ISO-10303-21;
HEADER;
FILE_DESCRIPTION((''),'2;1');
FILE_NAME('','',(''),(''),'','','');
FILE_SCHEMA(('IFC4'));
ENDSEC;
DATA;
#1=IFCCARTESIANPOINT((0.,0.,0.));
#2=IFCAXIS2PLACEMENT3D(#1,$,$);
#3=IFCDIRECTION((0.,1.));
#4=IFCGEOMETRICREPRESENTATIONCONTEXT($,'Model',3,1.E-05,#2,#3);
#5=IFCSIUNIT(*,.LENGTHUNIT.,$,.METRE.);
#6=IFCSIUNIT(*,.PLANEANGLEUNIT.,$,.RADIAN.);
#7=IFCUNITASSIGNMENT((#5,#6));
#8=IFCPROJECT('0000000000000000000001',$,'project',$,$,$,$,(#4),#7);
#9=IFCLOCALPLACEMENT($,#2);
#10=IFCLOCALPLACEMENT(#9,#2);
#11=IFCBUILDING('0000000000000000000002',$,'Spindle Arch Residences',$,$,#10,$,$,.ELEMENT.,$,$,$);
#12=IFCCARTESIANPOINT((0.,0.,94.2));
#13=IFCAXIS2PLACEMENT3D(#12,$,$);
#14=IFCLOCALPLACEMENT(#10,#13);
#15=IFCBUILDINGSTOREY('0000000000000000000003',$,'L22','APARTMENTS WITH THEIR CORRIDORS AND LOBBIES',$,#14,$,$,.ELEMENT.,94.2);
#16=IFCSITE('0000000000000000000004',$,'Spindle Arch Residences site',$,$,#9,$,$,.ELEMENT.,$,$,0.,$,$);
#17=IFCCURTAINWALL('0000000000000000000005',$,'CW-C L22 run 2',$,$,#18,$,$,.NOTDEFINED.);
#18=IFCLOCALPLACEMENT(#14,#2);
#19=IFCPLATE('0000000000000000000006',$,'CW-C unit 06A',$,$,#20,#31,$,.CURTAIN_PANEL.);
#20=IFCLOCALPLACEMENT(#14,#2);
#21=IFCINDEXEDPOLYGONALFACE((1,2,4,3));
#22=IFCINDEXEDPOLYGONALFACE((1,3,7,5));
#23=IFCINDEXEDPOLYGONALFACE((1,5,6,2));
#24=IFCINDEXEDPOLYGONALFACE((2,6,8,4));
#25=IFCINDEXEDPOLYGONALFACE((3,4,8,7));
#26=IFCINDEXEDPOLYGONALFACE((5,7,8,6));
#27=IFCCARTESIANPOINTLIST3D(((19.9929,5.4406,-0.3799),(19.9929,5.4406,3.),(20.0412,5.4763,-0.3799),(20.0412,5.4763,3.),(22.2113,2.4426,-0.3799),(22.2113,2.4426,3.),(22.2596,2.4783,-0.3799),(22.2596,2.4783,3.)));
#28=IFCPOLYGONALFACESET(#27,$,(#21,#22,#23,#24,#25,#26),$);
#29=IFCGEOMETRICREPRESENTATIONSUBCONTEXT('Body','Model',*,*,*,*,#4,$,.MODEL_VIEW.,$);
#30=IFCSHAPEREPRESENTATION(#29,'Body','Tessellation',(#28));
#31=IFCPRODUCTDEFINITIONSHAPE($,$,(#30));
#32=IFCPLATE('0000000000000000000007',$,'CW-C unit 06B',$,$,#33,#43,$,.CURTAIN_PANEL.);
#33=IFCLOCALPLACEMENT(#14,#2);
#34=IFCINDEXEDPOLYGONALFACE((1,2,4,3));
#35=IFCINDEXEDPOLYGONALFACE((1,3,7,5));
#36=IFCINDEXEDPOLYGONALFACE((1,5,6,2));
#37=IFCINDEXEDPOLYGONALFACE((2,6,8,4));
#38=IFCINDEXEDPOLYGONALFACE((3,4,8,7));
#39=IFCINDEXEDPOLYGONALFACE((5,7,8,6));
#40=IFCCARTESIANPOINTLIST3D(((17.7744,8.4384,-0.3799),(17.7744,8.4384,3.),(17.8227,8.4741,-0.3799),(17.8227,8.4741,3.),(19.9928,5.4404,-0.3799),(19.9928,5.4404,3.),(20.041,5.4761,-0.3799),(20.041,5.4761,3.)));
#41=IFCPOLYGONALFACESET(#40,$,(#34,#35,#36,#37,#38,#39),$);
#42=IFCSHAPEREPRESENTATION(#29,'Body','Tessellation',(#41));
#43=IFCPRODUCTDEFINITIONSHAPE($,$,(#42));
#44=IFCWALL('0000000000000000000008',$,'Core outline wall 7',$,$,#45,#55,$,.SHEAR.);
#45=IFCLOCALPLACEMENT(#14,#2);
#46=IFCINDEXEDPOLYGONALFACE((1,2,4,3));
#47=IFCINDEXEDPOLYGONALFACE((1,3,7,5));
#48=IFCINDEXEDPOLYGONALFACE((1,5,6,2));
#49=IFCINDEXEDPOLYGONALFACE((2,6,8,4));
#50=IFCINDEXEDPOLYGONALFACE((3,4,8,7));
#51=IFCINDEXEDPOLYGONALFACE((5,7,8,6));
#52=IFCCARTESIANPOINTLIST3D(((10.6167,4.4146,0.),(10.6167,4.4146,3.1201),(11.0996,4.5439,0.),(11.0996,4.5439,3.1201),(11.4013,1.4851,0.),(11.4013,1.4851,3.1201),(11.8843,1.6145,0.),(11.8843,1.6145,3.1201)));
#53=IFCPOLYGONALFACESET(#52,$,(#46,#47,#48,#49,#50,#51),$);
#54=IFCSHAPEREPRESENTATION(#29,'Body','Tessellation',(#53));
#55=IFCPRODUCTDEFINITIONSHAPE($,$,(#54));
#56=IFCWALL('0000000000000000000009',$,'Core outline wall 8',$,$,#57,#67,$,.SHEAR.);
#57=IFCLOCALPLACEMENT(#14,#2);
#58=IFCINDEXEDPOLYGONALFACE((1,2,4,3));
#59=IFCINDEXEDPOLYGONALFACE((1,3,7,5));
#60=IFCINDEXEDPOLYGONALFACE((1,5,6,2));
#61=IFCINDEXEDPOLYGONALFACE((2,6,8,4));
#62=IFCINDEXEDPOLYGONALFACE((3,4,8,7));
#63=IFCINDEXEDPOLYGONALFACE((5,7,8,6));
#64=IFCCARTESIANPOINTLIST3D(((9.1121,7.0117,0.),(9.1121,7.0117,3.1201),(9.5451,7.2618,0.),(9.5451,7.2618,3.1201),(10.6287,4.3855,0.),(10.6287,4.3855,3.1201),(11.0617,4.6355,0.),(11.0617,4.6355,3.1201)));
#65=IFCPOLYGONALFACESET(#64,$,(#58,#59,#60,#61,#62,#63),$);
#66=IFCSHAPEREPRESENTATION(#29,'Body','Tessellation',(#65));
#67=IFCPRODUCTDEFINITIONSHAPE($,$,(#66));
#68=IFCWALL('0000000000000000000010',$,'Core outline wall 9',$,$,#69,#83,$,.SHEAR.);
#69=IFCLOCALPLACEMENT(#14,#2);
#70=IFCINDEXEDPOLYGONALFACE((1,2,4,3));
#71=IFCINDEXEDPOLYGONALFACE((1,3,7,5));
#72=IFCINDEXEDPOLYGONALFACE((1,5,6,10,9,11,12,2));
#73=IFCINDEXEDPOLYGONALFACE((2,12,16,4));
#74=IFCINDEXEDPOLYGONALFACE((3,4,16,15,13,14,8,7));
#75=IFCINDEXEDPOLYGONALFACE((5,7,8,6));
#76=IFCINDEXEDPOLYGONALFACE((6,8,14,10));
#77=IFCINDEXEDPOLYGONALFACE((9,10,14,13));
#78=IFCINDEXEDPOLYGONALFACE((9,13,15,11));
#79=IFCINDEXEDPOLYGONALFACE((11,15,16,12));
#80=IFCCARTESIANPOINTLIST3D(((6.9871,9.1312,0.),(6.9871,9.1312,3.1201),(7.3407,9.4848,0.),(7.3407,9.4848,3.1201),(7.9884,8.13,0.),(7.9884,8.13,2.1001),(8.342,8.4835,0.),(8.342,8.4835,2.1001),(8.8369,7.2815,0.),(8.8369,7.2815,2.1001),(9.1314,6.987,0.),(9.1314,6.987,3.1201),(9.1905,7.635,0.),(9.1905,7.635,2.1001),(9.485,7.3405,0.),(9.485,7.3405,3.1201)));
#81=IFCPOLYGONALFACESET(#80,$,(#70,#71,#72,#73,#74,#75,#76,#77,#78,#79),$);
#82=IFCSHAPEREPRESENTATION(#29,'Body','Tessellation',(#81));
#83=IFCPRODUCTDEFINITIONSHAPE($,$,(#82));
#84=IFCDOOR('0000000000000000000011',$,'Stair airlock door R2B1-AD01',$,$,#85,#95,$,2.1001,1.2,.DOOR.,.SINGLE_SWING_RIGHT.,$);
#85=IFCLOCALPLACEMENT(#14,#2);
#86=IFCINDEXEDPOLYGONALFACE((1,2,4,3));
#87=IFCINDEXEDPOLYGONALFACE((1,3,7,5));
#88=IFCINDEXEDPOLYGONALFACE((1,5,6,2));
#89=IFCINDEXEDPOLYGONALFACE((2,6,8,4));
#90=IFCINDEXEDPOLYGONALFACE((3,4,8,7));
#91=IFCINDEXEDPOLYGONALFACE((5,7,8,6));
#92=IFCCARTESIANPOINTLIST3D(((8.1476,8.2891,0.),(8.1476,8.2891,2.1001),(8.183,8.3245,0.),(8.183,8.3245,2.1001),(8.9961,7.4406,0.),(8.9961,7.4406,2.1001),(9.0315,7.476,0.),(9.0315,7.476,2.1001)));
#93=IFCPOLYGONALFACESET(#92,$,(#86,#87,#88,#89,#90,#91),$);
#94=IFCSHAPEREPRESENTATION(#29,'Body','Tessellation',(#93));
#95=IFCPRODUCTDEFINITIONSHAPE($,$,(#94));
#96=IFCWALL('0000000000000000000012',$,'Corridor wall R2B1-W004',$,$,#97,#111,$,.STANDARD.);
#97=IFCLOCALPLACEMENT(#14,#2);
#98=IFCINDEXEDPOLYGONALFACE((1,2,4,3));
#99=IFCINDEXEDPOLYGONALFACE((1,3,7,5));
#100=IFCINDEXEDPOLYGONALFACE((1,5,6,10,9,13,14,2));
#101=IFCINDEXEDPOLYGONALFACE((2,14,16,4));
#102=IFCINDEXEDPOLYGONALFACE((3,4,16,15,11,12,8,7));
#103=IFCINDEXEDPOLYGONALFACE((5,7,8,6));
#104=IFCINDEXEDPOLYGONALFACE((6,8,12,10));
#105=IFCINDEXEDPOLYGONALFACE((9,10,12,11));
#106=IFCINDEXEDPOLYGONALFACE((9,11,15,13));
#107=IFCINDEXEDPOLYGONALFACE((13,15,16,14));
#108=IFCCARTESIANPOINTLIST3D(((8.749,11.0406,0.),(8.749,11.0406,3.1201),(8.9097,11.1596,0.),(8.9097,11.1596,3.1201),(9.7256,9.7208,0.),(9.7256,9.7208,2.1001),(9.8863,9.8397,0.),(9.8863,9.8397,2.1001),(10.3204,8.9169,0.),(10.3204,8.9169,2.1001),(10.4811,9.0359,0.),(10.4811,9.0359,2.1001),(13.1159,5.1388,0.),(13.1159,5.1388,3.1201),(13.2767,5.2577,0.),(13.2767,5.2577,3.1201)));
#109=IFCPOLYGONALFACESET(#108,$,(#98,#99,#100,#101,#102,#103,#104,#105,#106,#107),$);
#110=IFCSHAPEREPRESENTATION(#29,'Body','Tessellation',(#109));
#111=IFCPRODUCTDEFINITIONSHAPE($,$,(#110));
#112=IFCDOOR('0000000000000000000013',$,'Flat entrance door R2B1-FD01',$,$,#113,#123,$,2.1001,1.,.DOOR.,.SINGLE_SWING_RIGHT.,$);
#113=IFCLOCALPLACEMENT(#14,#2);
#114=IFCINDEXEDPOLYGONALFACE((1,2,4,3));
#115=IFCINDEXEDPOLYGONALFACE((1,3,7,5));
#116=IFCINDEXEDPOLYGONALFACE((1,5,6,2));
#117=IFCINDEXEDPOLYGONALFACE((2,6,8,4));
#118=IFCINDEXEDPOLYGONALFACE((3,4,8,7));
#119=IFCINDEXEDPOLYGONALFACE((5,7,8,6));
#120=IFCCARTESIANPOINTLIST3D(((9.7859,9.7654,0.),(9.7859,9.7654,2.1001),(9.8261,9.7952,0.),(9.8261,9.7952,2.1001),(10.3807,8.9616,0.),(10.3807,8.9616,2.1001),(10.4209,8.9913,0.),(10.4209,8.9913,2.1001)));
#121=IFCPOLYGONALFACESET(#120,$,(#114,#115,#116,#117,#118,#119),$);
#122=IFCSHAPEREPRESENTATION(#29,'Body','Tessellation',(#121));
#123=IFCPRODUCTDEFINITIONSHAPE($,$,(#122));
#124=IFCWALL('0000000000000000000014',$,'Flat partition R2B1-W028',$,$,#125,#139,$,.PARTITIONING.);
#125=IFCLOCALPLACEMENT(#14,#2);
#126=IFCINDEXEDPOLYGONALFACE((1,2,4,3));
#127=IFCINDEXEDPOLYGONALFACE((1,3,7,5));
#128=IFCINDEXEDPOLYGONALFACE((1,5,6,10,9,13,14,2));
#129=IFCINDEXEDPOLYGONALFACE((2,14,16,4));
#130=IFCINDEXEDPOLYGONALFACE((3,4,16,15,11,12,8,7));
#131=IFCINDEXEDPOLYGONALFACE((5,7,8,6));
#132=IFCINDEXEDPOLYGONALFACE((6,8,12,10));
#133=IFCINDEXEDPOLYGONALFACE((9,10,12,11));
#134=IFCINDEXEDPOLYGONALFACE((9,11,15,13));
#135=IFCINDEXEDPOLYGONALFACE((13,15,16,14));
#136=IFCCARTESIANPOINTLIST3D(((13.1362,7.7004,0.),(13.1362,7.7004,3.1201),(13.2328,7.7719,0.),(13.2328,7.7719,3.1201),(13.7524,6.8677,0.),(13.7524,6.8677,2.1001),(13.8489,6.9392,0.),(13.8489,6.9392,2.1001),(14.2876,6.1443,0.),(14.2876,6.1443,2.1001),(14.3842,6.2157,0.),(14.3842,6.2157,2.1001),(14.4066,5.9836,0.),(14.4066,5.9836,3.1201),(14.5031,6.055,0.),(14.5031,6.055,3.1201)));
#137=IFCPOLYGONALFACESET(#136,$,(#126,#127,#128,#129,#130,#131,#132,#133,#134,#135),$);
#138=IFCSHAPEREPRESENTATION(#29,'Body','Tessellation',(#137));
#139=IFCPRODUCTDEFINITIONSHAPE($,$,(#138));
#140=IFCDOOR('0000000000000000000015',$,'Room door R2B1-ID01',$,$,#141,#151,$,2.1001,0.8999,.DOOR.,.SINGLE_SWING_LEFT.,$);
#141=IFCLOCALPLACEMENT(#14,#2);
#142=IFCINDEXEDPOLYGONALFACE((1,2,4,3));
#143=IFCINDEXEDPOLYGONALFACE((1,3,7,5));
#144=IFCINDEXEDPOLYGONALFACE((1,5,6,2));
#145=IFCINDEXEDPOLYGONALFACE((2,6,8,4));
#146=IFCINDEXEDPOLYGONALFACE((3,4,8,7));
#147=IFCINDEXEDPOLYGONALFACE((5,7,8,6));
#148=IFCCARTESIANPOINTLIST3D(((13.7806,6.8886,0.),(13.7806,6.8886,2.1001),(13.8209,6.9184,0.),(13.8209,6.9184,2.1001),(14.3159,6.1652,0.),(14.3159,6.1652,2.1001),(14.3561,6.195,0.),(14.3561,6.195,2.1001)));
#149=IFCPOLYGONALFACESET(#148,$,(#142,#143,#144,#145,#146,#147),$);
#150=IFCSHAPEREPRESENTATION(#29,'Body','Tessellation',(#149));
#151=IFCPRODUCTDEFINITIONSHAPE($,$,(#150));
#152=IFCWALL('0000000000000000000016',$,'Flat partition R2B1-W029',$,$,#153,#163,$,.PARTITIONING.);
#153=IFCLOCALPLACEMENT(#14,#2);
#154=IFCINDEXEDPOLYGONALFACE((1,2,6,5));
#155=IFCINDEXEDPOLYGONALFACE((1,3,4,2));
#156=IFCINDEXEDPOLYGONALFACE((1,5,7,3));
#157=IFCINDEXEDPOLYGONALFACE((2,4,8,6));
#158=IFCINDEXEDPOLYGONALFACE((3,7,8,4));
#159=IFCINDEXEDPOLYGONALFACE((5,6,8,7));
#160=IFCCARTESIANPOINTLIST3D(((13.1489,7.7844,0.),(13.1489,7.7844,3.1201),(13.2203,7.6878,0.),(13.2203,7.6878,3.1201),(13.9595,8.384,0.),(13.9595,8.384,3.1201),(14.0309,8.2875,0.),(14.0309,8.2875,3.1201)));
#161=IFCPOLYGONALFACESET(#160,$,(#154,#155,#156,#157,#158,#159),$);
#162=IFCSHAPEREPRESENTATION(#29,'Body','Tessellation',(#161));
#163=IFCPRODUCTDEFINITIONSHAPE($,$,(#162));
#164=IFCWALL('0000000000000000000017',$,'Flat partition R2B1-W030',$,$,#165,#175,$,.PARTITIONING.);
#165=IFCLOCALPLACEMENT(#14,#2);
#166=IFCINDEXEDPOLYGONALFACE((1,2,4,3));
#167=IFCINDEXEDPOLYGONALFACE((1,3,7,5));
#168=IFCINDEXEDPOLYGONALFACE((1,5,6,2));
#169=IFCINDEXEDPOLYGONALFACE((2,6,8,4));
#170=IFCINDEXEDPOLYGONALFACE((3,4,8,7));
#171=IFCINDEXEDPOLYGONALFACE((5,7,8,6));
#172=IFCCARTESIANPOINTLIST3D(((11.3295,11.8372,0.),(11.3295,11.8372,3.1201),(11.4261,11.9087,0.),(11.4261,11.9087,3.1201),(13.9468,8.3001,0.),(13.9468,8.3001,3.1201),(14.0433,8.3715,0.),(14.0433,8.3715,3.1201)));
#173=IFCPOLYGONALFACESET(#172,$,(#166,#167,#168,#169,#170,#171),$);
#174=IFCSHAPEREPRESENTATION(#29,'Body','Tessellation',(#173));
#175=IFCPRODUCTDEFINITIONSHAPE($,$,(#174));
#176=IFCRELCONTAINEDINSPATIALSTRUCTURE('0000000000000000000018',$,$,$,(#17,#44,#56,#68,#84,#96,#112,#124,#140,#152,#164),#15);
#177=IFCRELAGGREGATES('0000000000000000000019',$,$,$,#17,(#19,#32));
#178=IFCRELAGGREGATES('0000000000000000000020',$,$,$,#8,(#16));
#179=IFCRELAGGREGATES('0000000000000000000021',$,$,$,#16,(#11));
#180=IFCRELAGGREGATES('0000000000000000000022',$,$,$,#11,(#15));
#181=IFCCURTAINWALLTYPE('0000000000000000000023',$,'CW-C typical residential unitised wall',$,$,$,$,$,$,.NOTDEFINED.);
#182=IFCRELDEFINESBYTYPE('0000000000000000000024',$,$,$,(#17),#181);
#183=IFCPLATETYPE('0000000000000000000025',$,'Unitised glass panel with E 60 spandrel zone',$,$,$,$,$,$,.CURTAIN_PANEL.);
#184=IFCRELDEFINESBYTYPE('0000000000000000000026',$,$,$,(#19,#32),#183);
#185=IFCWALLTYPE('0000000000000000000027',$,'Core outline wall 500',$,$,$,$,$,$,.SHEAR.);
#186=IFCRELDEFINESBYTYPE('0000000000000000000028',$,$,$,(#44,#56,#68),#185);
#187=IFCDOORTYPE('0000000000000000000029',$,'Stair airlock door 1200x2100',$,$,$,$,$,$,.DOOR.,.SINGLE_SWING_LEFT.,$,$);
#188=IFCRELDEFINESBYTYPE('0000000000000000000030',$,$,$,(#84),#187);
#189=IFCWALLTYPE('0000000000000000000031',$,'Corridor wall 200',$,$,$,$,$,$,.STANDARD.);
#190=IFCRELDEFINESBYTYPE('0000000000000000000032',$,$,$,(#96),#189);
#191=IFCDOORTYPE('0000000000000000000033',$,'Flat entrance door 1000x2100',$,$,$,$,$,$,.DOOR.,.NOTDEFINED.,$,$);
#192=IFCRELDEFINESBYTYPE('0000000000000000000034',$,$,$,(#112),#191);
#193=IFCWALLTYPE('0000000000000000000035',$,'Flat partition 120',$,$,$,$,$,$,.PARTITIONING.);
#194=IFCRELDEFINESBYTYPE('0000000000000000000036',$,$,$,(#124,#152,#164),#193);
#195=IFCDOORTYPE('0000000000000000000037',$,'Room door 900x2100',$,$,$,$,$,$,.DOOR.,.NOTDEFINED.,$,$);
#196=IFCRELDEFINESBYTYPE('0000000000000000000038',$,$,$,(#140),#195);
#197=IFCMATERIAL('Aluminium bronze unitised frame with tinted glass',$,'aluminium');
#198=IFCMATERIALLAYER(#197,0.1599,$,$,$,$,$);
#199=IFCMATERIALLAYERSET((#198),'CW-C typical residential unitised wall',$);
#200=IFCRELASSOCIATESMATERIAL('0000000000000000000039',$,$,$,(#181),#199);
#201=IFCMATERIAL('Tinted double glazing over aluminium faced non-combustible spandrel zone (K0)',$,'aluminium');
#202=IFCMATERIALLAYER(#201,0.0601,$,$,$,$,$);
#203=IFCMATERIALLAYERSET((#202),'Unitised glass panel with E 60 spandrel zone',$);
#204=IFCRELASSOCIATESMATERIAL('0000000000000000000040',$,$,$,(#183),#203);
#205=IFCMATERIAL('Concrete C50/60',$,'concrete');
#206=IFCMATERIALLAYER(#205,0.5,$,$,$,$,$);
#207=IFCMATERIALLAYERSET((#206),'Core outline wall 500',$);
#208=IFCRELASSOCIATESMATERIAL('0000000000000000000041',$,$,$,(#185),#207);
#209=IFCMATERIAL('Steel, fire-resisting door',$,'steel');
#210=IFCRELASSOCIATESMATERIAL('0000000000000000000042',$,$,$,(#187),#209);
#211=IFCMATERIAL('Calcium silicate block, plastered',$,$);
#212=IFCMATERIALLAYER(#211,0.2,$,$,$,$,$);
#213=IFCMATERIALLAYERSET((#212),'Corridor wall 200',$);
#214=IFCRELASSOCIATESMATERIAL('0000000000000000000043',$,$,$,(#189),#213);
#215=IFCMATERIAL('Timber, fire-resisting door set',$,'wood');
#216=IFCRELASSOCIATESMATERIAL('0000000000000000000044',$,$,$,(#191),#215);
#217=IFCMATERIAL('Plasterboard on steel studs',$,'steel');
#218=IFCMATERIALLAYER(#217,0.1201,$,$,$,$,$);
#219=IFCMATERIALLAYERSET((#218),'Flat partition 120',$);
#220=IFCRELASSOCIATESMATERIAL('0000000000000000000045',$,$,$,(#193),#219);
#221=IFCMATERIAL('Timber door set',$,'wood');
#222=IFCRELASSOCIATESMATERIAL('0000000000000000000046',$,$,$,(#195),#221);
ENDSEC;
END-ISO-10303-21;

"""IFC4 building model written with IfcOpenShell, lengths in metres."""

from ifc_helpers import new_model, si_unit, direction, frame, frame_2d, origin, origin_2d, place, context, subcontext, project, spatial, rectangle, extrude, material, layer, layer_set, type_object, element, fill, aggregate, save


model = new_model("IFC4")

# Units and contexts
model_context = context("Model", 3, precision=1e-05, world=origin(), true_north=direction((0.0, 1.0)))
body_context = subcontext(model_context, "Body", "Model", "MODEL_VIEW")
ifc_project = project(units=[si_unit("LENGTHUNIT", "METRE"), si_unit("PLANEANGLEUNIT", "RADIAN")], contexts=[model_context])

# Site, building, storey
site_placement = place(None, origin())
site = spatial("IfcSite", under=ifc_project, at=site_placement, Name="Spindle Arch Residences site", CompositionType="ELEMENT", RefElevation=0.0)
building_placement = place(site_placement, origin())
building = spatial("IfcBuilding", under=site, at=building_placement, Name="Spindle Arch Residences", CompositionType="ELEMENT")
storey_placement = place(building_placement, frame((0.0, 0.0, 94.2)))
storey = spatial("IfcBuildingStorey", under=building, at=storey_placement, Name="L22", Description="APARTMENTS WITH THEIR CORRIDORS AND LOBBIES", CompositionType="ELEMENT", Elevation=94.2)

# Curtain wall
ifc_material_1 = material(Name="Aluminium bronze unitised frame with tinted glass", Category="aluminium")
ifc_layer_1 = layer(ifc_material_1, 0.1599)
ifc_layer_set_1 = layer_set([ifc_layer_1], Name="CW-C typical residential unitised wall")
curtain_wall_type = type_object("IfcCurtainWallType", Name="CW-C typical residential unitised wall", PredefinedType="NOTDEFINED", material=ifc_layer_set_1)
curtain_wall_placement = place(storey_placement, origin())
curtain_wall = element("IfcCurtainWall", 1, at=curtain_wall_placement, inside=storey, type_object=curtain_wall_type, Name="CW-C L22 run 2", PredefinedType="NOTDEFINED")

# Plates
ifc_material_2 = material(Name="Tinted double glazing over aluminium faced non-combustible spandrel zone (K0)", Category="aluminium")
ifc_layer_2 = layer(ifc_material_2, 0.0601)
ifc_layer_set_2 = layer_set([ifc_layer_2], Name="Unitised glass panel with E 60 spandrel zone")
plate_type = type_object("IfcPlateType", Name="Unitised glass panel with E 60 spandrel zone", PredefinedType="CURTAIN_PANEL", material=ifc_layer_set_2)
plate_1_placement = place(storey_placement, frame((21.1262, 3.9595, -0.3799), z_axis=(0.0, 0.0, 1.0), x_axis=(-0.594823, 0.803857, 0.0)))
plate_1 = element("IfcPlate", 2, at=plate_1_placement, type_object=plate_type, Name="CW-C unit 06A", PredefinedType="CURTAIN_PANEL", context=body_context, shape_type="SweptSolid", body=[
    extrude(rectangle(XDim=3.7295, YDim=0.0601, at=origin_2d()), origin(), (0.0, 0.0, 1.0), 3.3799),
])
plate_2_placement = place(storey_placement, frame((18.9077, 6.9573, -0.3799), z_axis=(0.0, 0.0, 1.0), x_axis=(-0.594823, 0.803857, 0.0)))
plate_2 = element("IfcPlate", 3, at=plate_2_placement, type_object=plate_type, Name="CW-C unit 06B", PredefinedType="CURTAIN_PANEL", context=body_context, shape_type="SweptSolid", body=[
    extrude(rectangle(XDim=3.7295, YDim=0.0601, at=origin_2d()), origin(), (0.0, 0.0, 1.0), 3.3799),
])
aggregate(curtain_wall, [plate_1, plate_2])

# Walls
ifc_material_3 = material(Name="Concrete C50/60", Category="concrete")
ifc_layer_3 = layer(ifc_material_3, 0.5)
ifc_layer_set_3 = layer_set([ifc_layer_3], Name="Core outline wall 500")
wall_type_1 = type_object("IfcWallType", Name="Core outline wall 500", PredefinedType="SHEAR", material=ifc_layer_set_3)
for number, where, z_axis, x_axis, name in (
    (4, (11.6428, 1.5498, 0.0), (0.0, 0.0, 1.0), (-0.258735, 0.965948, 0.0), "Core outline wall 7"),
    (5, (10.8452, 4.5105, 0.0), (0.0, 0.0, 1.0), (-0.500087, 0.865975, 0.0), "Core outline wall 8"),
):
    element("IfcWall", number, at=place(storey_placement, frame(where, z_axis=z_axis, x_axis=x_axis)), inside=storey, type_object=wall_type_1, Name=name, PredefinedType="SHEAR", context=body_context, shape_type="SweptSolid", body=[
        extrude(rectangle(XDim=3.0327, YDim=0.5, at=frame_2d((1.5164, 0.0))), origin(), (0.0, 0.0, 1.0), 3.1201),
    ])

# Walls, openings, doors
wall_1_placement = place(storey_placement, frame((9.3081, 7.1638, 0.0), z_axis=(0.0, 0.0, 1.0), x_axis=(-0.707107, 0.707107, 0.0)))
wall_1 = element("IfcWall", 6, at=wall_1_placement, inside=storey, type_object=wall_type_1, Name="Core outline wall 9", PredefinedType="SHEAR", context=body_context, shape_type="SweptSolid", body=[
    extrude(rectangle(XDim=3.0325, YDim=0.5, at=frame_2d((1.5161, 0.0))), origin(), (0.0, 0.0, 1.0), 3.1201),
])
opening_1_placement = place(wall_1_placement, frame((0.4163, 0.0, 0.0)))
opening_1 = element("IfcOpeningElement", 7, at=opening_1_placement, cuts=wall_1, PredefinedType="OPENING", context=body_context, shape_type="SweptSolid", body=[
    extrude(rectangle(XDim=1.2, YDim=2.1001, at=frame_2d((0.6001, 1.05))), frame((0.0, 0.26, 0.0), z_axis=(0.0, -1.0, 0.0), x_axis=(1.0, 0.0, 0.0)), (0.0, 0.0, 1.0), 0.52),
])
ifc_material_4 = material(Name="Steel, fire-resisting door", Category="steel")
door_type_1 = type_object("IfcDoorType", Name="Stair airlock door 1200x2100", OperationType="SINGLE_SWING_LEFT", PredefinedType="DOOR", material=ifc_material_4)
door_1_placement = place(opening_1_placement, origin())
door_1 = element("IfcDoor", 8, at=door_1_placement, inside=storey, type_object=door_type_1, Name="Stair airlock door R2B1-AD01", OperationType="SINGLE_SWING_RIGHT", OverallHeight=2.1001, OverallWidth=1.2, PredefinedType="DOOR", context=body_context, shape_type="SweptSolid", body=[
    extrude(rectangle(XDim=1.2, YDim=2.1001, at=frame_2d((0.6001, 1.05))), frame((0.0, 0.0249, 0.0), z_axis=(0.0, -1.0, 0.0), x_axis=(1.0, 0.0, 0.0)), (0.0, 0.0, 1.0), 0.05),
])
fill(opening_1, door_1)
ifc_material_5 = material(Name="Calcium silicate block, plastered")
ifc_layer_4 = layer(ifc_material_5, 0.2)
ifc_layer_set_4 = layer_set([ifc_layer_4], Name="Corridor wall 200")
wall_type_2 = type_object("IfcWallType", Name="Corridor wall 200", PredefinedType="STANDARD", material=ifc_layer_set_4)
wall_2_placement = place(storey_placement, frame((13.1963, 5.1982, 0.0), z_axis=(0.0, 0.0, 1.0), x_axis=(-0.594805, 0.80387, 0.0)))
wall_2 = element("IfcWall", 9, at=wall_2_placement, inside=storey, type_object=wall_type_2, Name="Corridor wall R2B1-W004", PredefinedType="STANDARD", context=body_context, shape_type="SweptSolid", body=[
    extrude(rectangle(XDim=7.3418, YDim=0.2, at=frame_2d((3.6709, 0.0))), origin(), (0.0, 0.0, 1.0), 3.1201),
])
opening_2_placement = place(wall_2_placement, frame((4.7, 0.0, 0.0)))
opening_2 = element("IfcOpeningElement", 10, at=opening_2_placement, cuts=wall_2, PredefinedType="OPENING", context=body_context, shape_type="SweptSolid", body=[
    extrude(rectangle(XDim=1.0, YDim=2.1001, at=frame_2d((0.5, 1.05))), frame((0.0, 0.1099, 0.0), z_axis=(0.0, -1.0, 0.0), x_axis=(1.0, 0.0, 0.0)), (0.0, 0.0, 1.0), 0.22),
])
ifc_material_6 = material(Name="Timber, fire-resisting door set", Category="wood")
door_type_2 = type_object("IfcDoorType", Name="Flat entrance door 1000x2100", OperationType="NOTDEFINED", PredefinedType="DOOR", material=ifc_material_6)
door_2_placement = place(opening_2_placement, origin())
door_2 = element("IfcDoor", 11, at=door_2_placement, inside=storey, type_object=door_type_2, Name="Flat entrance door R2B1-FD01", OperationType="SINGLE_SWING_RIGHT", OverallHeight=2.1001, OverallWidth=1.0, PredefinedType="DOOR", context=body_context, shape_type="SweptSolid", body=[
    extrude(rectangle(XDim=1.0, YDim=2.1001, at=frame_2d((0.5, 1.05))), frame((0.0, 0.0249, 0.0), z_axis=(0.0, -1.0, 0.0), x_axis=(1.0, 0.0, 0.0)), (0.0, 0.0, 1.0), 0.05),
])
fill(opening_2, door_2)
ifc_material_7 = material(Name="Plasterboard on steel studs", Category="steel")
ifc_layer_5 = layer(ifc_material_7, 0.1201)
ifc_layer_set_5 = layer_set([ifc_layer_5], Name="Flat partition 120")
wall_type_3 = type_object("IfcWallType", Name="Flat partition 120", PredefinedType="PARTITIONING", material=ifc_layer_set_5)
wall_3_placement = place(storey_placement, frame((14.4548, 6.0193, 0.0), z_axis=(0.0, 0.0, 1.0), x_axis=(-0.594793, 0.803879, 0.0)))
wall_3 = element("IfcWall", 12, at=wall_3_placement, inside=storey, type_object=wall_type_3, Name="Flat partition R2B1-W028", PredefinedType="PARTITIONING", context=body_context, shape_type="SweptSolid", body=[
    extrude(rectangle(XDim=2.1357, YDim=0.1201, at=frame_2d((1.0679, 0.0))), origin(), (0.0, 0.0, 1.0), 3.1201),
])
opening_3_placement = place(wall_3_placement, frame((0.2, 0.0, 0.0)))
opening_3 = element("IfcOpeningElement", 13, at=opening_3_placement, cuts=wall_3, PredefinedType="OPENING", context=body_context, shape_type="SweptSolid", body=[
    extrude(rectangle(XDim=0.8999, YDim=2.1001, at=frame_2d((0.45, 1.05))), frame((0.0, 0.0701, 0.0), z_axis=(0.0, -1.0, 0.0), x_axis=(1.0, 0.0, 0.0)), (0.0, 0.0, 1.0), 0.1401),
])
ifc_material_8 = material(Name="Timber door set", Category="wood")
door_type_3 = type_object("IfcDoorType", Name="Room door 900x2100", OperationType="NOTDEFINED", PredefinedType="DOOR", material=ifc_material_8)
door_3_placement = place(opening_3_placement, origin())
door_3 = element("IfcDoor", 14, at=door_3_placement, inside=storey, type_object=door_type_3, Name="Room door R2B1-ID01", OperationType="SINGLE_SWING_LEFT", OverallHeight=2.1001, OverallWidth=0.8999, PredefinedType="DOOR", context=body_context, shape_type="SweptSolid", body=[
    extrude(rectangle(XDim=0.8999, YDim=2.1001, at=frame_2d((0.45, 1.05))), frame((0.0, 0.0249, 0.0), z_axis=(0.0, -1.0, 0.0), x_axis=(1.0, 0.0, 0.0)), (0.0, 0.0, 1.0), 0.05),
])
fill(opening_3, door_3)

# Walls
wall_4_placement = place(storey_placement, frame((13.1846, 7.7361, 0.0), z_axis=(0.0, 0.0, 1.0), x_axis=(0.803935, 0.594718, 0.0)))
element("IfcWall", 15, at=wall_4_placement, inside=storey, type_object=wall_type_3, Name="Flat partition R2B1-W029", PredefinedType="PARTITIONING", context=body_context, shape_type="SweptSolid", body=[
    extrude(rectangle(XDim=1.0083, YDim=0.1201, at=frame_2d((0.5042, 0.0))), origin(), (0.0, 0.0, 1.0), 3.1201),
])
wall_5_placement = place(storey_placement, frame((13.9951, 8.3357, 0.0), z_axis=(0.0, 0.0, 1.0), x_axis=(-0.594803, 0.803872, 0.0)))
element("IfcWall", 16, at=wall_5_placement, inside=storey, type_object=wall_type_3, Name="Flat partition R2B1-W030", PredefinedType="PARTITIONING", context=body_context, shape_type="SweptSolid", body=[
    extrude(rectangle(XDim=4.4001, YDim=0.1201, at=frame_2d((2.2002, 0.0))), origin(), (0.0, 0.0, 1.0), 3.1201),
])

save(model, "model.ifc")
